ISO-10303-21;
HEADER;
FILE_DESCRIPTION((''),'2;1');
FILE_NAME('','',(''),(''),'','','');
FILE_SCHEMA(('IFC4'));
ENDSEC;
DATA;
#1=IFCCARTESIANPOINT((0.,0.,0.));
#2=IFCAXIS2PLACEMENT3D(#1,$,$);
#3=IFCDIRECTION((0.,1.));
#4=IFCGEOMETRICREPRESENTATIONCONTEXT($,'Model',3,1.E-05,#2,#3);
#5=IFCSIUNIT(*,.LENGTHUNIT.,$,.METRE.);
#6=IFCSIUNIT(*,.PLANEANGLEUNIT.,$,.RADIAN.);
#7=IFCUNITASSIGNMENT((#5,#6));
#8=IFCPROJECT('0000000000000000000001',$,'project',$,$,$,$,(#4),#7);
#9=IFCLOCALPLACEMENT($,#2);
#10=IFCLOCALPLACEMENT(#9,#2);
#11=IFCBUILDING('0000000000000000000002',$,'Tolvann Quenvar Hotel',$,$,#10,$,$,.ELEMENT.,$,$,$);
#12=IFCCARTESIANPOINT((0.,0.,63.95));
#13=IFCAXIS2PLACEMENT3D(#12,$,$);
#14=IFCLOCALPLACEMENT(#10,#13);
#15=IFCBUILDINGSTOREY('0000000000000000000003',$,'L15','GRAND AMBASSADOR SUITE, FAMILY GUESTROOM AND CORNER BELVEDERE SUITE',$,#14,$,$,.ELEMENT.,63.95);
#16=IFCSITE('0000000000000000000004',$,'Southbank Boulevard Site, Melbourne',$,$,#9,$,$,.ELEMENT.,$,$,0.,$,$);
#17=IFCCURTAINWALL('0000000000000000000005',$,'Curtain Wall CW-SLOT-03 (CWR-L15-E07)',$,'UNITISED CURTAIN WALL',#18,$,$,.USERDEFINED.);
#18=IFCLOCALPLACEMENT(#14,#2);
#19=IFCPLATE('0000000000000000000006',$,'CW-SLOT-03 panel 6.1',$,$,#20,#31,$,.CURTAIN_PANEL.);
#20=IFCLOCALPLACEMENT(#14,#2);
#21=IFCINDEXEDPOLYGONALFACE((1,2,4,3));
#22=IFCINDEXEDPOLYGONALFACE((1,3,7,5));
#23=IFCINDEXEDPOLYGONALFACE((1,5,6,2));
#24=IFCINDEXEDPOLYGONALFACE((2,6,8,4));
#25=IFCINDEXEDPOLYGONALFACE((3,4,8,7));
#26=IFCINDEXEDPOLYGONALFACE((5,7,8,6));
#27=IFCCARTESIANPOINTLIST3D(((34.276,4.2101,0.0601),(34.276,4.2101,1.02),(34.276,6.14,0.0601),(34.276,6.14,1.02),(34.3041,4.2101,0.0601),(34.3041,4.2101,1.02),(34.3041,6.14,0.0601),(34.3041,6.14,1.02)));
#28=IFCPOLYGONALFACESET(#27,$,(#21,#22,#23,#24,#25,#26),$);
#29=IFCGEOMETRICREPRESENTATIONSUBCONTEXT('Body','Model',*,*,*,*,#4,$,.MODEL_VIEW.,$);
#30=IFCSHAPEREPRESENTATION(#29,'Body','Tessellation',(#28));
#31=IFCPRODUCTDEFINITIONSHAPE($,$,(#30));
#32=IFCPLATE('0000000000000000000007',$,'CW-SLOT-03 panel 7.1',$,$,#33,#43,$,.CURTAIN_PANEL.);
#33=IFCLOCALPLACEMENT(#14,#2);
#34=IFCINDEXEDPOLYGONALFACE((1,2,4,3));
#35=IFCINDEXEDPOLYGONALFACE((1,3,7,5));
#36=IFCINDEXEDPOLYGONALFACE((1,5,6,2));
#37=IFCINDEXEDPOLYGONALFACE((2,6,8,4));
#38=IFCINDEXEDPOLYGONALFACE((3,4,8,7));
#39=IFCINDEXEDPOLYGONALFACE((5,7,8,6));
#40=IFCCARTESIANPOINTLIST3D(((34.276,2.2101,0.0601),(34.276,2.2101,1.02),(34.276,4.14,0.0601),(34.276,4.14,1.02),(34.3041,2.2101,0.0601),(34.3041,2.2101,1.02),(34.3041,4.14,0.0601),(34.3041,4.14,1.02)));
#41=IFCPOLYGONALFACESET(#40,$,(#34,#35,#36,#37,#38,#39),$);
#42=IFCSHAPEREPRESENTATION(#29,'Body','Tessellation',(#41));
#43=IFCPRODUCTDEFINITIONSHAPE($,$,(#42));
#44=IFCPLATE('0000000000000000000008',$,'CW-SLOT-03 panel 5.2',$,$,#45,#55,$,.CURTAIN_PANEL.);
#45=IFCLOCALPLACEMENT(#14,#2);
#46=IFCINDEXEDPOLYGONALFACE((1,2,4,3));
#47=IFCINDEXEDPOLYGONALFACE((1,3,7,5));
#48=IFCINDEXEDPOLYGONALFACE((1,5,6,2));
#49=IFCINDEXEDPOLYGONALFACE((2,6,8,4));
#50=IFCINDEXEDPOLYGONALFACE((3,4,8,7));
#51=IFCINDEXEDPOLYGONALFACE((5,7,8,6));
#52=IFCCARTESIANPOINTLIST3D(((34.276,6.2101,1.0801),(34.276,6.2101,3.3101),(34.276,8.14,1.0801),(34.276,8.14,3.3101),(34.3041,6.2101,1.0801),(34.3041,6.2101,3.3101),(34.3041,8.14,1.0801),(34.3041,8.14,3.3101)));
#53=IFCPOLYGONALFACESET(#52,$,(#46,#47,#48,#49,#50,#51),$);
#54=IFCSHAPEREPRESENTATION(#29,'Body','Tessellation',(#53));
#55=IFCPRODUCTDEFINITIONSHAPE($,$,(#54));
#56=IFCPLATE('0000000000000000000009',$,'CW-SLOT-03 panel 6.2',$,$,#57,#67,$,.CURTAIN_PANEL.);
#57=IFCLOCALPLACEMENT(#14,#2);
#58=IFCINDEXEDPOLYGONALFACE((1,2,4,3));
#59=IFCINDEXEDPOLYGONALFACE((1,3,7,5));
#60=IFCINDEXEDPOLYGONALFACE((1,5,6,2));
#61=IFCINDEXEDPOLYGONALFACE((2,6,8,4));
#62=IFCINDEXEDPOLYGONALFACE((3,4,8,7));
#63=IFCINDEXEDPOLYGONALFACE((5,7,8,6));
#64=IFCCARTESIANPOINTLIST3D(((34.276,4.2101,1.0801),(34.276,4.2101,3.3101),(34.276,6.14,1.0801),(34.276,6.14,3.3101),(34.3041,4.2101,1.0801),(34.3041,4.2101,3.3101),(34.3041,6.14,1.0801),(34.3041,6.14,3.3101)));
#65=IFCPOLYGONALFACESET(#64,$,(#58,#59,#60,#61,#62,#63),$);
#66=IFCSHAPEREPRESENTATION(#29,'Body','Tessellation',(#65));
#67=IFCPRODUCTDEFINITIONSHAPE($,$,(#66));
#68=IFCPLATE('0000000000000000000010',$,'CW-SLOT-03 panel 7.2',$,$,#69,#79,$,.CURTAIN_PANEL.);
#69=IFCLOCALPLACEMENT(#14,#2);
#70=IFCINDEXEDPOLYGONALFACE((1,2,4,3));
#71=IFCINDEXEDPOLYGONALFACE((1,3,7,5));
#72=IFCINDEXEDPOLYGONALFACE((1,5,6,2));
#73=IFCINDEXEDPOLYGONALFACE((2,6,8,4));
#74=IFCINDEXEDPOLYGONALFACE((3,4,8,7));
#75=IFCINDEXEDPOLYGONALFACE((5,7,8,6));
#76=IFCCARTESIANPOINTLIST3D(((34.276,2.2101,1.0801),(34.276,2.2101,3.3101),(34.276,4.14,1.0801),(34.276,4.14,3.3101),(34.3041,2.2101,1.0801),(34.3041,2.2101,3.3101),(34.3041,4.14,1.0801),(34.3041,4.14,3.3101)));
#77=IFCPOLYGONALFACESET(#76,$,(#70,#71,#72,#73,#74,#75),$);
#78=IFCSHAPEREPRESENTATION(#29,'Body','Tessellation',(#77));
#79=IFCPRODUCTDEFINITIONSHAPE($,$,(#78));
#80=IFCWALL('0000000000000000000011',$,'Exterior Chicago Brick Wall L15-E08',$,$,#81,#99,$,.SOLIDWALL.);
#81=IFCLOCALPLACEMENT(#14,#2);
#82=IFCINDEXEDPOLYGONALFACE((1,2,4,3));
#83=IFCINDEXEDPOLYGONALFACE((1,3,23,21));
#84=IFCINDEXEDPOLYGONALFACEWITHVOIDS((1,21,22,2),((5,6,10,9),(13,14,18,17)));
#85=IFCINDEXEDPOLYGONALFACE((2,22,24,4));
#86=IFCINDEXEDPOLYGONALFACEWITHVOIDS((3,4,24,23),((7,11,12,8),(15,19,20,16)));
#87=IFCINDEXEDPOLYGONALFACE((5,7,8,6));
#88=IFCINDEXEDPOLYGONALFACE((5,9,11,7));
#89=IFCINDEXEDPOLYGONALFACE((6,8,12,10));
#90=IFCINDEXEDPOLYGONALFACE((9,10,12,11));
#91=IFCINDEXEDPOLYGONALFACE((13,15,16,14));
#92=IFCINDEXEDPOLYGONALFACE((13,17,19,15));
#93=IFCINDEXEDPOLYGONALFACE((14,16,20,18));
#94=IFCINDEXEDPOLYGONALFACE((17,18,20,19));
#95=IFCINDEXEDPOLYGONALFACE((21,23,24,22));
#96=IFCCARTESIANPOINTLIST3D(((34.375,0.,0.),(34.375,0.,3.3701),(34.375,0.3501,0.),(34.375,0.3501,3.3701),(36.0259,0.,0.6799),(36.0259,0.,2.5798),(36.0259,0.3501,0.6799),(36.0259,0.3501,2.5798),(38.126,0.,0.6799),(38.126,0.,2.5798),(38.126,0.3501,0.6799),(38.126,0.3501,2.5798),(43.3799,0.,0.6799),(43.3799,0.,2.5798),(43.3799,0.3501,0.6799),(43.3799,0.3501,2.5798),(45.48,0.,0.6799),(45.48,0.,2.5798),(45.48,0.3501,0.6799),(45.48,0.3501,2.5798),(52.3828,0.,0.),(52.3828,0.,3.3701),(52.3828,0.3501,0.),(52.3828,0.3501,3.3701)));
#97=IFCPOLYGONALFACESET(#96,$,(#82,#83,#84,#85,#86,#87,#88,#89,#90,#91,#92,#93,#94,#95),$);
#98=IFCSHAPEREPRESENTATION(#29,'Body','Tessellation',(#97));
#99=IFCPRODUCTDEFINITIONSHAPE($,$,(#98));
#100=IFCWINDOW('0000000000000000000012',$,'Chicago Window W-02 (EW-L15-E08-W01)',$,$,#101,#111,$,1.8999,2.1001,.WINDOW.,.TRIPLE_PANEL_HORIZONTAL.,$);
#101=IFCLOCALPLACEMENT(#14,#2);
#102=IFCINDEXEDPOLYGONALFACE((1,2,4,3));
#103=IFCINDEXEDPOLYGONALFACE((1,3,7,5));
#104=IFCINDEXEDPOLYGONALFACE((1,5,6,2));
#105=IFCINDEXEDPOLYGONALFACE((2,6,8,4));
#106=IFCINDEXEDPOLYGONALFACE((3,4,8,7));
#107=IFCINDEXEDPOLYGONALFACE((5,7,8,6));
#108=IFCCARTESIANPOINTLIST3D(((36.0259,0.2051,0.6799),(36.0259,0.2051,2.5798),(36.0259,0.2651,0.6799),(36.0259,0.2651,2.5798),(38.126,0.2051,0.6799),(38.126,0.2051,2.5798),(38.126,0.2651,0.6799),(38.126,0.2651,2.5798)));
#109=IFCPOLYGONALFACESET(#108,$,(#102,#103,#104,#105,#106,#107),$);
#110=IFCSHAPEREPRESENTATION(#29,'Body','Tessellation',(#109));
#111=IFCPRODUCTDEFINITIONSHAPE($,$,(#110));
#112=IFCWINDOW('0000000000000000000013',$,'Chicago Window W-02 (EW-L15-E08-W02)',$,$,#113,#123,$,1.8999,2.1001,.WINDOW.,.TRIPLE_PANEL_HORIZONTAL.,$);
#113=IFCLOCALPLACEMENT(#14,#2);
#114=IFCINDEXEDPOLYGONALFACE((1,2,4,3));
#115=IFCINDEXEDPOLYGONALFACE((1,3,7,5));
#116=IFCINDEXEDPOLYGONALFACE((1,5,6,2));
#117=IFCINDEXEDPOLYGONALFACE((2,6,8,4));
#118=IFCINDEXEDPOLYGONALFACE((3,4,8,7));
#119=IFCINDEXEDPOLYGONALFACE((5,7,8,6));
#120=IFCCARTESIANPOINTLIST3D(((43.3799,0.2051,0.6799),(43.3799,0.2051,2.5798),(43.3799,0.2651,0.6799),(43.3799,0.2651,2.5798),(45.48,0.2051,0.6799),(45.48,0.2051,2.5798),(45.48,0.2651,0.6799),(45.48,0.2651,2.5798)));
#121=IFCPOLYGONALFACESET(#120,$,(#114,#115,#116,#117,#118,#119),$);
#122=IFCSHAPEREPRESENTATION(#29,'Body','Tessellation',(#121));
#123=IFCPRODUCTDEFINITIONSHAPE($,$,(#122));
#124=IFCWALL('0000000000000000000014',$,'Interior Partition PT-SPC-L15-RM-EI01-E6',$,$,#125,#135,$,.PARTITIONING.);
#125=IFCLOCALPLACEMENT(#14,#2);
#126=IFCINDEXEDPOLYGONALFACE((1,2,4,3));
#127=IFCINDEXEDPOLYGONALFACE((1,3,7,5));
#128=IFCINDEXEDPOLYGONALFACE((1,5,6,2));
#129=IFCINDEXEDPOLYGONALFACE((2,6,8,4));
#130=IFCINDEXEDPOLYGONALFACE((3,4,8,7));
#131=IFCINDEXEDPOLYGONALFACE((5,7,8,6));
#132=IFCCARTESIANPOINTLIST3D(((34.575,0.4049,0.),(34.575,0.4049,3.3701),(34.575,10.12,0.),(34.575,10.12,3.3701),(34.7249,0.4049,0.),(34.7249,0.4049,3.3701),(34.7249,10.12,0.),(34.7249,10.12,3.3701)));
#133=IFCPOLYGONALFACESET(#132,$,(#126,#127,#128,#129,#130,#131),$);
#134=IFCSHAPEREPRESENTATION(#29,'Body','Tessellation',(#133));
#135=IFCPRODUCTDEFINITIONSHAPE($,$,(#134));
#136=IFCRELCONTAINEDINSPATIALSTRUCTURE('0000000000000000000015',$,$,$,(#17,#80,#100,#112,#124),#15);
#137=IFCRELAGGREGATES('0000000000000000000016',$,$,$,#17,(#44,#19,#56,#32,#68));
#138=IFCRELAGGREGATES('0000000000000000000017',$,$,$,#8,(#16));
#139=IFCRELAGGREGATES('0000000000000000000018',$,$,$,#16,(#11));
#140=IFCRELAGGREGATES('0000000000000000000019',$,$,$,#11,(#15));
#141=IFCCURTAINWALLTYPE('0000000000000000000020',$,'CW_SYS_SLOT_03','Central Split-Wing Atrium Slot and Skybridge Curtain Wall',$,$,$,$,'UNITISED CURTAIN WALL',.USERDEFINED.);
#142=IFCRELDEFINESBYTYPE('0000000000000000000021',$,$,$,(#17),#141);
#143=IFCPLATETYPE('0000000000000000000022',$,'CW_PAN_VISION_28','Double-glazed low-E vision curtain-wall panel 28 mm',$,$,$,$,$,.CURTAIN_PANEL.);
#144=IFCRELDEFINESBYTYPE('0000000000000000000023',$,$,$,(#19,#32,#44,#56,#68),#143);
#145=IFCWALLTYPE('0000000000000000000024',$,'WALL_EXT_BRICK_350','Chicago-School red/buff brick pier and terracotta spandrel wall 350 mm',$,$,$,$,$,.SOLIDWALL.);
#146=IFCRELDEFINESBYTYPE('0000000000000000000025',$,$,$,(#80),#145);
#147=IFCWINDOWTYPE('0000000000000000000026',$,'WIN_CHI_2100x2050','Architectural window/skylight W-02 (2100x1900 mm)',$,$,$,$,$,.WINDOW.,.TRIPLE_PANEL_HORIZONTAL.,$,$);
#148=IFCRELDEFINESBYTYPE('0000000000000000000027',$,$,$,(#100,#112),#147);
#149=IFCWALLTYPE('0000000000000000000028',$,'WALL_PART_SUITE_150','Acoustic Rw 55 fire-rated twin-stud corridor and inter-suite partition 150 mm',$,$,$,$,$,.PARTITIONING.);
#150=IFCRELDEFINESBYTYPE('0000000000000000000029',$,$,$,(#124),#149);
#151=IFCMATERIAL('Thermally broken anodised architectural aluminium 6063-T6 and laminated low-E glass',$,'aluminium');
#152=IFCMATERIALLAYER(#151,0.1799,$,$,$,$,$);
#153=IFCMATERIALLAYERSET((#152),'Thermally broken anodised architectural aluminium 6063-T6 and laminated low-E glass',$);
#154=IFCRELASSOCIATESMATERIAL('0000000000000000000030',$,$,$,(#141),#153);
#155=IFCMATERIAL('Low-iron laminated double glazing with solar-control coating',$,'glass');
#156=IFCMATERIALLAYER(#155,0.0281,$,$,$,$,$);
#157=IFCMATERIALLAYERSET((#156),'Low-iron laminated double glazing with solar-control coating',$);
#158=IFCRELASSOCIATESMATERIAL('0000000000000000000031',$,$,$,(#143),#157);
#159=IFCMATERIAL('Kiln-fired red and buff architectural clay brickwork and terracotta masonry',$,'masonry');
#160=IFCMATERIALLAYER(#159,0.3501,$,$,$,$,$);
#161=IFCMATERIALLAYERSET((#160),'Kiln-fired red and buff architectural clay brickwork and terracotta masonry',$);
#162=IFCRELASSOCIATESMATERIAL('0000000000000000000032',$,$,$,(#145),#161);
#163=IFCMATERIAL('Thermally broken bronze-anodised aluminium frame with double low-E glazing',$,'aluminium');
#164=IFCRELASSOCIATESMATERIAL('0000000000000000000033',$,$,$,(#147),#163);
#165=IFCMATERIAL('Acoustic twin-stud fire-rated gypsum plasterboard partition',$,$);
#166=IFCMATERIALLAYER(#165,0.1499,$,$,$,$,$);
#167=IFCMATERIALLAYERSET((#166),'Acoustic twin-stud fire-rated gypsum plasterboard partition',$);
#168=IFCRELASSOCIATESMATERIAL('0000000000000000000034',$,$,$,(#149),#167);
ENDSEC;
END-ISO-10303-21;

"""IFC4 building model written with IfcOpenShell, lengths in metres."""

from ifc_helpers import new_model, si_unit, direction, frame, frame_2d, origin, origin_2d, place, context, subcontext, project, spatial, rectangle, extrude, source, transform, mapped, material, layer, layer_set, type_object, type_shapes, element, fill, aggregate, save


model = new_model("IFC4")

# Units and contexts
model_context = context("Model", 3, precision=1e-05, world=origin(), true_north=direction((0.0, 1.0)))
body_context = subcontext(model_context, "Body", "Model", "MODEL_VIEW")
ifc_project = project(units=[si_unit("LENGTHUNIT", "METRE"), si_unit("PLANEANGLEUNIT", "RADIAN")], contexts=[model_context])

# Site, building, storey
site_placement = place(None, origin())
site = spatial("IfcSite", under=ifc_project, at=site_placement, Name="Southbank Boulevard Site, Melbourne", CompositionType="ELEMENT", RefElevation=0.0)
building_placement = place(site_placement, origin())
building = spatial("IfcBuilding", under=site, at=building_placement, Name="Tolvann Quenvar Hotel", CompositionType="ELEMENT")
storey_placement = place(building_placement, frame((0.0, 0.0, 63.95)))
storey = spatial("IfcBuildingStorey", under=building, at=storey_placement, Name="L15", Description="GRAND AMBASSADOR SUITE, FAMILY GUESTROOM AND CORNER BELVEDERE SUITE", CompositionType="ELEMENT", Elevation=63.95)

# Curtain wall, plates
ifc_material_1 = material(Name="Thermally broken anodised architectural aluminium 6063-T6 and laminated low-E glass", Category="aluminium")
ifc_layer_1 = layer(ifc_material_1, 0.1799)
ifc_layer_set_1 = layer_set([ifc_layer_1], Name="Thermally broken anodised architectural aluminium 6063-T6 and laminated low-E glass")
curtain_wall_type = type_object("IfcCurtainWallType", Name="CW_SYS_SLOT_03", Description="Central Split-Wing Atrium Slot and Skybridge Curtain Wall", ElementType="UNITISED CURTAIN WALL", PredefinedType="USERDEFINED", material=ifc_layer_set_1)
curtain_wall_placement = place(storey_placement, origin())
curtain_wall = element("IfcCurtainWall", 1, at=curtain_wall_placement, inside=storey, type_object=curtain_wall_type, Name="Curtain Wall CW-SLOT-03 (CWR-L15-E07)", ObjectType="UNITISED CURTAIN WALL", PredefinedType="USERDEFINED")
ifc_material_2 = material(Name="Low-iron laminated double glazing with solar-control coating", Category="glass")
ifc_layer_2 = layer(ifc_material_2, 0.0281)
ifc_layer_set_2 = layer_set([ifc_layer_2], Name="Low-iron laminated double glazing with solar-control coating")
plate_type = type_object("IfcPlateType", Name="CW_PAN_VISION_28", Description="Double-glazed low-E vision curtain-wall panel 28 mm", PredefinedType="CURTAIN_PANEL", material=ifc_layer_set_2)
shared_shape_1 = source(origin(), body_context, "Body", "SweptSolid", [
    extrude(rectangle(XDim=1.9299, YDim=0.0281, at=origin_2d()), origin(), (0.0, 0.0, 1.0), 0.96),
])
plate_1_placement = place(storey_placement, frame((34.29, 5.175, 0.0601), z_axis=(0.0, 0.0, 1.0), x_axis=(0.0, -1.0, 0.0)))
plate_1 = element("IfcPlate", 2, at=plate_1_placement, type_object=plate_type, Name="CW-SLOT-03 panel 6.1", PredefinedType="CURTAIN_PANEL", context=body_context, shape_type="MappedRepresentation", body=[
    mapped(shared_shape_1, transform((0.0, 0.0, 0.0), x_axis=(1.0, 0.0, 0.0), y_axis=(0.0, 1.0, 0.0), z_axis=(0.0, 0.0, 1.0), scale=1.0)),
])
plate_2_placement = place(storey_placement, frame((34.29, 3.175, 0.0601), z_axis=(0.0, 0.0, 1.0), x_axis=(0.0, -1.0, 0.0)))
plate_2 = element("IfcPlate", 3, at=plate_2_placement, type_object=plate_type, Name="CW-SLOT-03 panel 7.1", PredefinedType="CURTAIN_PANEL", context=body_context, shape_type="MappedRepresentation", body=[
    mapped(shared_shape_1, transform((0.0, 0.0, 0.0), x_axis=(1.0, 0.0, 0.0), y_axis=(0.0, 1.0, 0.0), z_axis=(0.0, 0.0, 1.0), scale=1.0)),
])
shared_shape_2 = source(origin(), body_context, "Body", "SweptSolid", [
    extrude(rectangle(XDim=1.9299, YDim=0.0281, at=origin_2d()), origin(), (0.0, 0.0, 1.0), 2.23),
])
plate_3_placement = place(storey_placement, frame((34.29, 7.175, 1.0801), z_axis=(0.0, 0.0, 1.0), x_axis=(0.0, -1.0, 0.0)))
plate_3 = element("IfcPlate", 4, at=plate_3_placement, type_object=plate_type, Name="CW-SLOT-03 panel 5.2", PredefinedType="CURTAIN_PANEL", context=body_context, shape_type="MappedRepresentation", body=[
    mapped(shared_shape_2, transform((0.0, 0.0, 0.0), x_axis=(1.0, 0.0, 0.0), y_axis=(0.0, 1.0, 0.0), z_axis=(0.0, 0.0, 1.0), scale=1.0)),
])
plate_4_placement = place(storey_placement, frame((34.29, 5.175, 1.0801), z_axis=(0.0, 0.0, 1.0), x_axis=(0.0, -1.0, 0.0)))
plate_4 = element("IfcPlate", 5, at=plate_4_placement, type_object=plate_type, Name="CW-SLOT-03 panel 6.2", PredefinedType="CURTAIN_PANEL", context=body_context, shape_type="MappedRepresentation", body=[
    mapped(shared_shape_2, transform((0.0, 0.0, 0.0), x_axis=(1.0, 0.0, 0.0), y_axis=(0.0, 1.0, 0.0), z_axis=(0.0, 0.0, 1.0), scale=1.0)),
])
plate_5_placement = place(storey_placement, frame((34.29, 3.175, 1.0801), z_axis=(0.0, 0.0, 1.0), x_axis=(0.0, -1.0, 0.0)))
plate_5 = element("IfcPlate", 6, at=plate_5_placement, type_object=plate_type, Name="CW-SLOT-03 panel 7.2", PredefinedType="CURTAIN_PANEL", context=body_context, shape_type="MappedRepresentation", body=[
    mapped(shared_shape_2, transform((0.0, 0.0, 0.0), x_axis=(1.0, 0.0, 0.0), y_axis=(0.0, 1.0, 0.0), z_axis=(0.0, 0.0, 1.0), scale=1.0)),
])
aggregate(curtain_wall, [plate_3, plate_1, plate_4, plate_2, plate_5])

# Wall, openings, windows
ifc_material_3 = material(Name="Kiln-fired red and buff architectural clay brickwork and terracotta masonry", Category="masonry")
ifc_layer_3 = layer(ifc_material_3, 0.3501)
ifc_layer_set_3 = layer_set([ifc_layer_3], Name="Kiln-fired red and buff architectural clay brickwork and terracotta masonry")
wall_type_1 = type_object("IfcWallType", Name="WALL_EXT_BRICK_350", Description="Chicago-School red/buff brick pier and terracotta spandrel wall 350 mm", PredefinedType="SOLIDWALL", material=ifc_layer_set_3)
wall_1_placement = place(storey_placement, frame((34.375, 0.175, 0.0), z_axis=(0.0, 0.0, 1.0), x_axis=(1.0, 0.0, 0.0)))
wall_1 = element("IfcWall", 7, at=wall_1_placement, inside=storey, type_object=wall_type_1, Name="Exterior Chicago Brick Wall L15-E08", PredefinedType="SOLIDWALL", context=body_context, shape_type="SweptSolid", body=[
    extrude(rectangle(XDim=18.0078, YDim=0.3501, at=frame_2d((9.0039, 0.0))), origin(), (0.0, 0.0, 1.0), 3.3701),
])
opening_1_placement = place(wall_1_placement, frame((1.6509, 0.0, 0.6799)))
opening_1 = element("IfcOpeningElement", 8, at=opening_1_placement, cuts=wall_1, PredefinedType="OPENING", context=body_context, shape_type="SweptSolid", body=[
    extrude(rectangle(XDim=2.1001, YDim=1.8999, at=frame_2d((1.05, 0.95))), frame((0.0, 0.1851, 0.0), z_axis=(0.0, -1.0, 0.0), x_axis=(1.0, 0.0, 0.0)), (0.0, 0.0, 1.0), 0.3701),
])
opening_2_placement = place(wall_1_placement, frame((9.0049, 0.0, 0.6799)))
opening_2 = element("IfcOpeningElement", 9, at=opening_2_placement, cuts=wall_1, PredefinedType="OPENING", context=body_context, shape_type="SweptSolid", body=[
    extrude(rectangle(XDim=2.1001, YDim=1.8999, at=frame_2d((1.05, 0.95))), frame((0.0, 0.1851, 0.0), z_axis=(0.0, -1.0, 0.0), x_axis=(1.0, 0.0, 0.0)), (0.0, 0.0, 1.0), 0.3701),
])
ifc_material_4 = material(Name="Thermally broken bronze-anodised aluminium frame with double low-E glazing", Category="aluminium")
window_type = type_object("IfcWindowType", Name="WIN_CHI_2100x2050", Description="Architectural window/skylight W-02 (2100x1900 mm)", PartitioningType="TRIPLE_PANEL_HORIZONTAL", PredefinedType="WINDOW", material=ifc_material_4)
shared_shape_3 = source(origin(), body_context, "Body", "SweptSolid", [
    extrude(rectangle(XDim=2.1001, YDim=1.8999, at=frame_2d((1.05, 0.95))), frame((0.0, 0.0901, 0.0), z_axis=(0.0, -1.0, 0.0), x_axis=(1.0, 0.0, 0.0)), (0.0, 0.0, 1.0), 0.0601),
])
type_shapes(window_type, [shared_shape_3])
window_1_placement = place(opening_1_placement, origin())
window_1 = element("IfcWindow", 10, at=window_1_placement, inside=storey, type_object=window_type, Name="Chicago Window W-02 (EW-L15-E08-W01)", OverallHeight=1.8999, OverallWidth=2.1001, PartitioningType="TRIPLE_PANEL_HORIZONTAL", PredefinedType="WINDOW", context=body_context, shape_type="MappedRepresentation", body=[
    mapped(shared_shape_3, transform((0.0, 0.0, 0.0), x_axis=(1.0, 0.0, 0.0), y_axis=(0.0, 1.0, 0.0), z_axis=(0.0, 0.0, 1.0), scale=1.0)),
])
fill(opening_1, window_1)
window_2_placement = place(opening_2_placement, origin())
window_2 = element("IfcWindow", 11, at=window_2_placement, inside=storey, type_object=window_type, Name="Chicago Window W-02 (EW-L15-E08-W02)", OverallHeight=1.8999, OverallWidth=2.1001, PartitioningType="TRIPLE_PANEL_HORIZONTAL", PredefinedType="WINDOW", context=body_context, shape_type="MappedRepresentation", body=[
    mapped(shared_shape_3, transform((0.0, 0.0, 0.0), x_axis=(1.0, 0.0, 0.0), y_axis=(0.0, 1.0, 0.0), z_axis=(0.0, 0.0, 1.0), scale=1.0)),
])
fill(opening_2, window_2)

# Wall
ifc_material_5 = material(Name="Acoustic twin-stud fire-rated gypsum plasterboard partition")
ifc_layer_4 = layer(ifc_material_5, 0.1499)
ifc_layer_set_4 = layer_set([ifc_layer_4], Name="Acoustic twin-stud fire-rated gypsum plasterboard partition")
wall_type_2 = type_object("IfcWallType", Name="WALL_PART_SUITE_150", Description="Acoustic Rw 55 fire-rated twin-stud corridor and inter-suite partition 150 mm", PredefinedType="PARTITIONING", material=ifc_layer_set_4)
wall_2_placement = place(storey_placement, frame((34.6499, 0.405, 0.0), z_axis=(0.0, 0.0, 1.0), x_axis=(0.0, 1.0, 0.0)))
element("IfcWall", 12, at=wall_2_placement, inside=storey, type_object=wall_type_2, Name="Interior Partition PT-SPC-L15-RM-EI01-E6", PredefinedType="PARTITIONING", context=body_context, shape_type="SweptSolid", body=[
    extrude(rectangle(XDim=9.7151, YDim=0.1499, at=frame_2d((4.8574, 0.0))), origin(), (0.0, 0.0, 1.0), 3.3701),
])

save(model, "model.ifc")
